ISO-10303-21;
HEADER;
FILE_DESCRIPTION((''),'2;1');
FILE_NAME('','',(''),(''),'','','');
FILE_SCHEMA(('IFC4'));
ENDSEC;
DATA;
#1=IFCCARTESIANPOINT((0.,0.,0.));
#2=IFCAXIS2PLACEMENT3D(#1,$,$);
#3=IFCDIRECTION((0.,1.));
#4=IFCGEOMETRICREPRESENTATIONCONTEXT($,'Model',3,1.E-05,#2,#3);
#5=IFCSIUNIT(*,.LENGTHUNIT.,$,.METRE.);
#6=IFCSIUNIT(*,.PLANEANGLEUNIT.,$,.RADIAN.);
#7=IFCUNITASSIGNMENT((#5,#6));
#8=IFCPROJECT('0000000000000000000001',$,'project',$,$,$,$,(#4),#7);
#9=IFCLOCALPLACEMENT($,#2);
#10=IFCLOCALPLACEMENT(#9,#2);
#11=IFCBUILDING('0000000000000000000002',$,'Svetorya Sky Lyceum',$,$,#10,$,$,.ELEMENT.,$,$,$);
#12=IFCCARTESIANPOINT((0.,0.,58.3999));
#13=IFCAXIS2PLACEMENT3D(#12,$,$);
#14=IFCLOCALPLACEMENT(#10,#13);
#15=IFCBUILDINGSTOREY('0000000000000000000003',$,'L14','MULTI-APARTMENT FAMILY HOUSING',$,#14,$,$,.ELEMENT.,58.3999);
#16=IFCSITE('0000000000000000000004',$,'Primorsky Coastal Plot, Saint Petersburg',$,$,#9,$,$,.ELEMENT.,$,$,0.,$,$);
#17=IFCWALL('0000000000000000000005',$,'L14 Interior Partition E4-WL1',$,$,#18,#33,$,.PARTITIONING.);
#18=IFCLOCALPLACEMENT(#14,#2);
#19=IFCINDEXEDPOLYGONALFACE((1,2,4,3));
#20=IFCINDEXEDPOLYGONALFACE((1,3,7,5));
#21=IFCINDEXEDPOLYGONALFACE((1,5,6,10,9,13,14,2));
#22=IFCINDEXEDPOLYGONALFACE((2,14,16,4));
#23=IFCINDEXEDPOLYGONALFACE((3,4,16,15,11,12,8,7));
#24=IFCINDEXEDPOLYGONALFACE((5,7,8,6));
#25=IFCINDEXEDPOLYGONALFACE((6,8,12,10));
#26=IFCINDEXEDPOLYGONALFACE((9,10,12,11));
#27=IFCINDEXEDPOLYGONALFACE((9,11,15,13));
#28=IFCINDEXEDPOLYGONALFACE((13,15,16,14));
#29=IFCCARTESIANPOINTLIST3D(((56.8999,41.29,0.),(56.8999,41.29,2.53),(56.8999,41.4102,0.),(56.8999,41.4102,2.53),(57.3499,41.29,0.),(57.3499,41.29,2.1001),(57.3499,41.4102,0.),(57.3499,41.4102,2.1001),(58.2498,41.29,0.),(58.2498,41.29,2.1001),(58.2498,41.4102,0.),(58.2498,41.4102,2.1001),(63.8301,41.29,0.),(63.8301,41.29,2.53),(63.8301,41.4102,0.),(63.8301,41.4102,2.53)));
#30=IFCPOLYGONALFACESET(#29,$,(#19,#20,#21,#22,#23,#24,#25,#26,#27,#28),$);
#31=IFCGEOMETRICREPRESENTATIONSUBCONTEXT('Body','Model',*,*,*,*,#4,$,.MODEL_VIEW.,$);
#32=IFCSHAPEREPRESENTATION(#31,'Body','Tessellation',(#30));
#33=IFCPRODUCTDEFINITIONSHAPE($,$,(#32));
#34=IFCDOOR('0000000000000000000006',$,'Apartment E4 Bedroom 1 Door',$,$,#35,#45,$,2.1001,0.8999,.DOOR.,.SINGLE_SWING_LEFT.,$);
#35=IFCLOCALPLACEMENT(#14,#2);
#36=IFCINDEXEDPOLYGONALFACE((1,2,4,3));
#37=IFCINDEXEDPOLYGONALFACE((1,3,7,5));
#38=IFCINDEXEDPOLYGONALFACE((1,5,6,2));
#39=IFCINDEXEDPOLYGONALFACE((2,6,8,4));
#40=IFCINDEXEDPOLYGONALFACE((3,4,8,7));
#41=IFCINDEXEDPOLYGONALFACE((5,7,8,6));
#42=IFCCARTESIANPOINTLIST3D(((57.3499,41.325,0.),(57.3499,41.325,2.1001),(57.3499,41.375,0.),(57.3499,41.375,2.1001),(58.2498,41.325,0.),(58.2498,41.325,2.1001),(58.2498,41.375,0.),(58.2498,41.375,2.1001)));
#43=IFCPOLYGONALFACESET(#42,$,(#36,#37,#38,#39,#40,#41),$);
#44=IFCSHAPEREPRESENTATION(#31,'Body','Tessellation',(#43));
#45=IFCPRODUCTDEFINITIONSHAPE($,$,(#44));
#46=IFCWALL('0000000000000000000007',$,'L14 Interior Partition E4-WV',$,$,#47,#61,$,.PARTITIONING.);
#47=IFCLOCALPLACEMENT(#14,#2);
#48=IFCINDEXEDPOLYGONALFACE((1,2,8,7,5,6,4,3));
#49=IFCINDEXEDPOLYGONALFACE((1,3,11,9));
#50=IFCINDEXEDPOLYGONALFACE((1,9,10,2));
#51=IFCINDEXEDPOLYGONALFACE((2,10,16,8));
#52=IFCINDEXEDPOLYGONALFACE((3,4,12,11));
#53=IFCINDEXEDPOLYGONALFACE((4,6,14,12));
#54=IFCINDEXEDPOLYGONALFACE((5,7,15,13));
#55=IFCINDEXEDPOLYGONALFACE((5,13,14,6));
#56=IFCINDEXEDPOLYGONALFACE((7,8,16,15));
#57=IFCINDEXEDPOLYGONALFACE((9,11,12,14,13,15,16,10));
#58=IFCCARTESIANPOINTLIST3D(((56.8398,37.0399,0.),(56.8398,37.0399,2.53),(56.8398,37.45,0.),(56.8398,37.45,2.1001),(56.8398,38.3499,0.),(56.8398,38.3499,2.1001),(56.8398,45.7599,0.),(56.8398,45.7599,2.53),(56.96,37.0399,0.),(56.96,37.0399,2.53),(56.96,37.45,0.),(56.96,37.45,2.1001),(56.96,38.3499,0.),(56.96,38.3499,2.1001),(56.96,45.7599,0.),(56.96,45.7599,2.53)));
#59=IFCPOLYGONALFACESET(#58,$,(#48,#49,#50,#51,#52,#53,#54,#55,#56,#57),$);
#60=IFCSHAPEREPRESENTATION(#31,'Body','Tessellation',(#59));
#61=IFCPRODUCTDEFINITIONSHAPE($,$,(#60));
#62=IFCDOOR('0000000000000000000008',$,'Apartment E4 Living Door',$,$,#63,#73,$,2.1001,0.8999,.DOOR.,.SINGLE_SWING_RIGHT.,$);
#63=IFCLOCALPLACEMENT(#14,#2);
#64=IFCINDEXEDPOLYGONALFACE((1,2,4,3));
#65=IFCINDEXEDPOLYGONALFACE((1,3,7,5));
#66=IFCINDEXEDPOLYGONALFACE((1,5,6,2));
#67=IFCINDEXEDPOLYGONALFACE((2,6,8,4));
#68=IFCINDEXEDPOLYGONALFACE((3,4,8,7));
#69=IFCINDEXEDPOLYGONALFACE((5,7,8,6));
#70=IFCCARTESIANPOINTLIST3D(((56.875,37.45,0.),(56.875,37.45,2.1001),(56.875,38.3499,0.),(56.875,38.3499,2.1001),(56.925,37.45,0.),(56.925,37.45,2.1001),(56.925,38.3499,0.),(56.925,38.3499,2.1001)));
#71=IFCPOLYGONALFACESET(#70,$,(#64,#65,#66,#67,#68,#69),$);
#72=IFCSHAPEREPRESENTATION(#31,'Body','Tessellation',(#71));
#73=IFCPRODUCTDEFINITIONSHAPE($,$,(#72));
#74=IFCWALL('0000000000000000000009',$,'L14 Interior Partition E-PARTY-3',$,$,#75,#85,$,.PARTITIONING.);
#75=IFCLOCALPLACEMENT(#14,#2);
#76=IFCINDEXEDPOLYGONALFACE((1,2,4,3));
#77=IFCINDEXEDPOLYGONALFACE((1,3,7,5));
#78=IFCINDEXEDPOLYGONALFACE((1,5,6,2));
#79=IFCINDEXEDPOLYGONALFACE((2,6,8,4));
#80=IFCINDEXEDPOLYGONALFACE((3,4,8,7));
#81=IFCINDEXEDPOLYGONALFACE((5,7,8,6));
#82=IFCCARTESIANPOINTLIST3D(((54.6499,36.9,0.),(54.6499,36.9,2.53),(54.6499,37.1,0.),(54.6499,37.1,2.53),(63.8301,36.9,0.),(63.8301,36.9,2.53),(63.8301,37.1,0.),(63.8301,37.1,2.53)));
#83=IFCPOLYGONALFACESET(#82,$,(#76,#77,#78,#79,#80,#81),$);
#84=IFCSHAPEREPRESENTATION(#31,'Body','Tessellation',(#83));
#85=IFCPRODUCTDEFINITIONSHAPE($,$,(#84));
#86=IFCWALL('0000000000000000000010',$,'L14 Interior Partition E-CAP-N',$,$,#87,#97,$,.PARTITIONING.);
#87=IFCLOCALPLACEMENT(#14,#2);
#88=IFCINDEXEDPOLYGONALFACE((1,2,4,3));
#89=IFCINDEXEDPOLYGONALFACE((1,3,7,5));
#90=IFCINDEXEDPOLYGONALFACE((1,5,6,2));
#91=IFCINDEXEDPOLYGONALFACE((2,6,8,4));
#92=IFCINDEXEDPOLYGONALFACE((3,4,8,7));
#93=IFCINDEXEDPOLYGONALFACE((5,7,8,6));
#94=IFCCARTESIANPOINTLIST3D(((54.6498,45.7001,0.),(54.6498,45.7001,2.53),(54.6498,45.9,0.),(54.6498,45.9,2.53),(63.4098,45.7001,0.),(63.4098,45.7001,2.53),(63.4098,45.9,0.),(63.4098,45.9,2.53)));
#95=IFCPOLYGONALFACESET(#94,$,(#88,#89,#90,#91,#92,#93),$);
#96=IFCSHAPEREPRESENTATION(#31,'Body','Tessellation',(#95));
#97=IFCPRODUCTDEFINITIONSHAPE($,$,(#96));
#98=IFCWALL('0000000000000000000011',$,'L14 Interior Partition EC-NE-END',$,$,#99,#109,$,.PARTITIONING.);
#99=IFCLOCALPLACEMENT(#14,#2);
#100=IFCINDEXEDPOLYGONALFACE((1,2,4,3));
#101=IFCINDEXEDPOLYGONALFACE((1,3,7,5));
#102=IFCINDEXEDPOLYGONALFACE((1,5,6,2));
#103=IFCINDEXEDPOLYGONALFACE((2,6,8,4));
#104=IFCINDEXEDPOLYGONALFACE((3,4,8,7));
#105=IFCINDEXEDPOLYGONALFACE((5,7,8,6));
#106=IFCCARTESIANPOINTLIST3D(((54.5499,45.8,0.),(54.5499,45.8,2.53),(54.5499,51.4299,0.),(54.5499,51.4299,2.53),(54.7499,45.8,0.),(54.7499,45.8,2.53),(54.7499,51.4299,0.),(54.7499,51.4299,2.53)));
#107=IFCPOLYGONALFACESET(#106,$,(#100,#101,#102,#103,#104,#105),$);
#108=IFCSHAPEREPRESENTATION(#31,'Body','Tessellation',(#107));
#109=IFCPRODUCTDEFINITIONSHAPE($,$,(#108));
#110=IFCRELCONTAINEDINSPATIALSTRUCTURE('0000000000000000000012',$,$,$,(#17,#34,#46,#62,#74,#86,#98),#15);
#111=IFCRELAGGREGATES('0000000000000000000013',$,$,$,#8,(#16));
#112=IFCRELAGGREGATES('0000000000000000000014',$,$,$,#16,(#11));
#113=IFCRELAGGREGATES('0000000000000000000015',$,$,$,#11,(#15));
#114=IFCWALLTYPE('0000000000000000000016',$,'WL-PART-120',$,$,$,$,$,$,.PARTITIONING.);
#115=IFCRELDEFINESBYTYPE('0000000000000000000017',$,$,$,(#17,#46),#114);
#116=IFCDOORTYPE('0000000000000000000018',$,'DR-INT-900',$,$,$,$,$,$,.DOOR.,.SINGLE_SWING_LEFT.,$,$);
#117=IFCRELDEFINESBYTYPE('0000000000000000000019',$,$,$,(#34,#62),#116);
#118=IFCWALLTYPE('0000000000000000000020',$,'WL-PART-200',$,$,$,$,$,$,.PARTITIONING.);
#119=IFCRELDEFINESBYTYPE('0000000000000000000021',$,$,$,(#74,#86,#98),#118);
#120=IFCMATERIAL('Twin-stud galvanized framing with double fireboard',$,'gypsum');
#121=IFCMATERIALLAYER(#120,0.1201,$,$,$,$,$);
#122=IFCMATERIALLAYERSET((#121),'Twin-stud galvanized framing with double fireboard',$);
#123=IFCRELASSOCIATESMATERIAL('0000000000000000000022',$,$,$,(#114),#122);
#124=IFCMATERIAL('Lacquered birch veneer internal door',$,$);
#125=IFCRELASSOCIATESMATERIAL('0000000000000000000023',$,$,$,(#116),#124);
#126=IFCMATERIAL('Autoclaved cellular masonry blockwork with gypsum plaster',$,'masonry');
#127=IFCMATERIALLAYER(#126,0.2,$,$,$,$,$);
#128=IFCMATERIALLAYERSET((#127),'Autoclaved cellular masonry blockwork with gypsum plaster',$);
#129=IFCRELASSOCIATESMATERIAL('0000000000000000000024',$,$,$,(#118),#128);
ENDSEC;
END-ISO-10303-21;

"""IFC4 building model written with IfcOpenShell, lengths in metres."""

from ifc_helpers import new_model, si_unit, direction, frame, frame_2d, origin, place, context, subcontext, project, spatial, rectangle, extrude, material, layer, layer_set, type_object, element, fill, save


model = new_model("IFC4")

# Units and contexts
model_context = context("Model", 3, precision=1e-05, world=origin(), true_north=direction((0.0, 1.0)))
body_context = subcontext(model_context, "Body", "Model", "MODEL_VIEW")
ifc_project = project(units=[si_unit("LENGTHUNIT", "METRE"), si_unit("PLANEANGLEUNIT", "RADIAN")], contexts=[model_context])

# Site, building, storey
site_placement = place(None, origin())
site = spatial("IfcSite", under=ifc_project, at=site_placement, Name="Primorsky Coastal Plot, Saint Petersburg", CompositionType="ELEMENT", RefElevation=0.0)
building_placement = place(site_placement, origin())
building = spatial("IfcBuilding", under=site, at=building_placement, Name="Svetorya Sky Lyceum", CompositionType="ELEMENT")
storey_placement = place(building_placement, frame((0.0, 0.0, 58.3999)))
storey = spatial("IfcBuildingStorey", under=building, at=storey_placement, Name="L14", Description="MULTI-APARTMENT FAMILY HOUSING", CompositionType="ELEMENT", Elevation=58.3999)

# Walls, openings, doors
ifc_material_1 = material(Name="Twin-stud galvanized framing with double fireboard", Category="gypsum")
ifc_layer_1 = layer(ifc_material_1, 0.1201)
ifc_layer_set_1 = layer_set([ifc_layer_1], Name="Twin-stud galvanized framing with double fireboard")
wall_type_1 = type_object("IfcWallType", Name="WL-PART-120", PredefinedType="PARTITIONING", material=ifc_layer_set_1)
ifc_material_2 = material(Name="Lacquered birch veneer internal door")
door_type_1 = type_object("IfcDoorType", Name="DR-INT-900", OperationType="SINGLE_SWING_LEFT", PredefinedType="DOOR", material=ifc_material_2)
wall_1_placement = place(storey_placement, frame((56.8999, 41.3501, 0.0), z_axis=(0.0, 0.0, 1.0), x_axis=(1.0, 0.0, 0.0)))
wall_1 = element("IfcWall", 1, at=wall_1_placement, inside=storey, type_object=wall_type_1, Name="L14 Interior Partition E4-WL1", PredefinedType="PARTITIONING", context=body_context, shape_type="SweptSolid", body=[
    extrude(rectangle(XDim=6.9302, YDim=0.1201, at=frame_2d((3.4651, 0.0))), origin(), (0.0, 0.0, 1.0), 2.53),
])
opening_1_placement = place(wall_1_placement, frame((0.45, 0.0, 0.0)))
opening_1 = element("IfcOpeningElement", 2, at=opening_1_placement, cuts=wall_1, PredefinedType="OPENING", context=body_context, shape_type="SweptSolid", body=[
    extrude(rectangle(XDim=0.8999, YDim=2.1001, at=frame_2d((0.45, 1.05))), frame((0.0, 0.0701, 0.0), z_axis=(0.0, -1.0, 0.0), x_axis=(1.0, 0.0, 0.0)), (0.0, 0.0, 1.0), 0.1401),
])
door_1_placement = place(opening_1_placement, origin())
door_1 = element("IfcDoor", 3, at=door_1_placement, inside=storey, type_object=door_type_1, Name="Apartment E4 Bedroom 1 Door", OperationType="SINGLE_SWING_LEFT", OverallHeight=2.1001, OverallWidth=0.8999, PredefinedType="DOOR", context=body_context, shape_type="SweptSolid", body=[
    extrude(rectangle(XDim=0.8999, YDim=2.1001, at=frame_2d((0.45, 1.05))), frame((0.0, 0.0249, 0.0), z_axis=(0.0, -1.0, 0.0), x_axis=(1.0, 0.0, 0.0)), (0.0, 0.0, 1.0), 0.05),
])
fill(opening_1, door_1)
wall_2_placement = place(storey_placement, frame((56.8999, 37.04, 0.0), z_axis=(0.0, 0.0, 1.0), x_axis=(0.0, 1.0, 0.0)))
wall_2 = element("IfcWall", 4, at=wall_2_placement, inside=storey, type_object=wall_type_1, Name="L14 Interior Partition E4-WV", PredefinedType="PARTITIONING", context=body_context, shape_type="SweptSolid", body=[
    extrude(rectangle(XDim=8.72, YDim=0.1201, at=frame_2d((4.3599, 0.0))), origin(), (0.0, 0.0, 1.0), 2.53),
])
opening_2_placement = place(wall_2_placement, frame((0.4099, 0.0, 0.0)))
opening_2 = element("IfcOpeningElement", 5, at=opening_2_placement, cuts=wall_2, PredefinedType="OPENING", context=body_context, shape_type="SweptSolid", body=[
    extrude(rectangle(XDim=0.8999, YDim=2.1001, at=frame_2d((0.45, 1.05))), frame((0.0, 0.0701, 0.0), z_axis=(0.0, -1.0, 0.0), x_axis=(1.0, 0.0, 0.0)), (0.0, 0.0, 1.0), 0.1401),
])
door_2_placement = place(opening_2_placement, origin())
door_2 = element("IfcDoor", 6, at=door_2_placement, inside=storey, type_object=door_type_1, Name="Apartment E4 Living Door", OperationType="SINGLE_SWING_RIGHT", OverallHeight=2.1001, OverallWidth=0.8999, PredefinedType="DOOR", context=body_context, shape_type="SweptSolid", body=[
    extrude(rectangle(XDim=0.8999, YDim=2.1001, at=frame_2d((0.45, 1.05))), frame((0.0, 0.0249, 0.0), z_axis=(0.0, -1.0, 0.0), x_axis=(1.0, 0.0, 0.0)), (0.0, 0.0, 1.0), 0.05),
])
fill(opening_2, door_2)

# Walls
ifc_material_3 = material(Name="Autoclaved cellular masonry blockwork with gypsum plaster", Category="masonry")
ifc_layer_2 = layer(ifc_material_3, 0.2)
ifc_layer_set_2 = layer_set([ifc_layer_2], Name="Autoclaved cellular masonry blockwork with gypsum plaster")
wall_type_2 = type_object("IfcWallType", Name="WL-PART-200", PredefinedType="PARTITIONING", material=ifc_layer_set_2)
wall_3_placement = place(storey_placement, frame((54.6499, 37.0, 0.0), z_axis=(0.0, 0.0, 1.0), x_axis=(1.0, 0.0, 0.0)))
element("IfcWall", 7, at=wall_3_placement, inside=storey, type_object=wall_type_2, Name="L14 Interior Partition E-PARTY-3", PredefinedType="PARTITIONING", context=body_context, shape_type="SweptSolid", body=[
    extrude(rectangle(XDim=9.1802, YDim=0.2, at=frame_2d((4.5901, 0.0))), origin(), (0.0, 0.0, 1.0), 2.53),
])
wall_4_placement = place(storey_placement, frame((54.6499, 45.8, 0.0), z_axis=(0.0, 0.0, 1.0), x_axis=(1.0, 0.0, 0.0)))
element("IfcWall", 8, at=wall_4_placement, inside=storey, type_object=wall_type_2, Name="L14 Interior Partition E-CAP-N", PredefinedType="PARTITIONING", context=body_context, shape_type="SweptSolid", body=[
    extrude(rectangle(XDim=8.76, YDim=0.2, at=frame_2d((4.3799, 0.0))), origin(), (0.0, 0.0, 1.0), 2.53),
])
wall_5_placement = place(storey_placement, frame((54.6499, 45.8, 0.0), z_axis=(0.0, 0.0, 1.0), x_axis=(0.0, 1.0, 0.0)))
element("IfcWall", 9, at=wall_5_placement, inside=storey, type_object=wall_type_2, Name="L14 Interior Partition EC-NE-END", PredefinedType="PARTITIONING", context=body_context, shape_type="SweptSolid", body=[
    extrude(rectangle(XDim=5.6299, YDim=0.2, at=frame_2d((2.8149, 0.0))), origin(), (0.0, 0.0, 1.0), 2.53),
])

save(model, "model.ifc")
